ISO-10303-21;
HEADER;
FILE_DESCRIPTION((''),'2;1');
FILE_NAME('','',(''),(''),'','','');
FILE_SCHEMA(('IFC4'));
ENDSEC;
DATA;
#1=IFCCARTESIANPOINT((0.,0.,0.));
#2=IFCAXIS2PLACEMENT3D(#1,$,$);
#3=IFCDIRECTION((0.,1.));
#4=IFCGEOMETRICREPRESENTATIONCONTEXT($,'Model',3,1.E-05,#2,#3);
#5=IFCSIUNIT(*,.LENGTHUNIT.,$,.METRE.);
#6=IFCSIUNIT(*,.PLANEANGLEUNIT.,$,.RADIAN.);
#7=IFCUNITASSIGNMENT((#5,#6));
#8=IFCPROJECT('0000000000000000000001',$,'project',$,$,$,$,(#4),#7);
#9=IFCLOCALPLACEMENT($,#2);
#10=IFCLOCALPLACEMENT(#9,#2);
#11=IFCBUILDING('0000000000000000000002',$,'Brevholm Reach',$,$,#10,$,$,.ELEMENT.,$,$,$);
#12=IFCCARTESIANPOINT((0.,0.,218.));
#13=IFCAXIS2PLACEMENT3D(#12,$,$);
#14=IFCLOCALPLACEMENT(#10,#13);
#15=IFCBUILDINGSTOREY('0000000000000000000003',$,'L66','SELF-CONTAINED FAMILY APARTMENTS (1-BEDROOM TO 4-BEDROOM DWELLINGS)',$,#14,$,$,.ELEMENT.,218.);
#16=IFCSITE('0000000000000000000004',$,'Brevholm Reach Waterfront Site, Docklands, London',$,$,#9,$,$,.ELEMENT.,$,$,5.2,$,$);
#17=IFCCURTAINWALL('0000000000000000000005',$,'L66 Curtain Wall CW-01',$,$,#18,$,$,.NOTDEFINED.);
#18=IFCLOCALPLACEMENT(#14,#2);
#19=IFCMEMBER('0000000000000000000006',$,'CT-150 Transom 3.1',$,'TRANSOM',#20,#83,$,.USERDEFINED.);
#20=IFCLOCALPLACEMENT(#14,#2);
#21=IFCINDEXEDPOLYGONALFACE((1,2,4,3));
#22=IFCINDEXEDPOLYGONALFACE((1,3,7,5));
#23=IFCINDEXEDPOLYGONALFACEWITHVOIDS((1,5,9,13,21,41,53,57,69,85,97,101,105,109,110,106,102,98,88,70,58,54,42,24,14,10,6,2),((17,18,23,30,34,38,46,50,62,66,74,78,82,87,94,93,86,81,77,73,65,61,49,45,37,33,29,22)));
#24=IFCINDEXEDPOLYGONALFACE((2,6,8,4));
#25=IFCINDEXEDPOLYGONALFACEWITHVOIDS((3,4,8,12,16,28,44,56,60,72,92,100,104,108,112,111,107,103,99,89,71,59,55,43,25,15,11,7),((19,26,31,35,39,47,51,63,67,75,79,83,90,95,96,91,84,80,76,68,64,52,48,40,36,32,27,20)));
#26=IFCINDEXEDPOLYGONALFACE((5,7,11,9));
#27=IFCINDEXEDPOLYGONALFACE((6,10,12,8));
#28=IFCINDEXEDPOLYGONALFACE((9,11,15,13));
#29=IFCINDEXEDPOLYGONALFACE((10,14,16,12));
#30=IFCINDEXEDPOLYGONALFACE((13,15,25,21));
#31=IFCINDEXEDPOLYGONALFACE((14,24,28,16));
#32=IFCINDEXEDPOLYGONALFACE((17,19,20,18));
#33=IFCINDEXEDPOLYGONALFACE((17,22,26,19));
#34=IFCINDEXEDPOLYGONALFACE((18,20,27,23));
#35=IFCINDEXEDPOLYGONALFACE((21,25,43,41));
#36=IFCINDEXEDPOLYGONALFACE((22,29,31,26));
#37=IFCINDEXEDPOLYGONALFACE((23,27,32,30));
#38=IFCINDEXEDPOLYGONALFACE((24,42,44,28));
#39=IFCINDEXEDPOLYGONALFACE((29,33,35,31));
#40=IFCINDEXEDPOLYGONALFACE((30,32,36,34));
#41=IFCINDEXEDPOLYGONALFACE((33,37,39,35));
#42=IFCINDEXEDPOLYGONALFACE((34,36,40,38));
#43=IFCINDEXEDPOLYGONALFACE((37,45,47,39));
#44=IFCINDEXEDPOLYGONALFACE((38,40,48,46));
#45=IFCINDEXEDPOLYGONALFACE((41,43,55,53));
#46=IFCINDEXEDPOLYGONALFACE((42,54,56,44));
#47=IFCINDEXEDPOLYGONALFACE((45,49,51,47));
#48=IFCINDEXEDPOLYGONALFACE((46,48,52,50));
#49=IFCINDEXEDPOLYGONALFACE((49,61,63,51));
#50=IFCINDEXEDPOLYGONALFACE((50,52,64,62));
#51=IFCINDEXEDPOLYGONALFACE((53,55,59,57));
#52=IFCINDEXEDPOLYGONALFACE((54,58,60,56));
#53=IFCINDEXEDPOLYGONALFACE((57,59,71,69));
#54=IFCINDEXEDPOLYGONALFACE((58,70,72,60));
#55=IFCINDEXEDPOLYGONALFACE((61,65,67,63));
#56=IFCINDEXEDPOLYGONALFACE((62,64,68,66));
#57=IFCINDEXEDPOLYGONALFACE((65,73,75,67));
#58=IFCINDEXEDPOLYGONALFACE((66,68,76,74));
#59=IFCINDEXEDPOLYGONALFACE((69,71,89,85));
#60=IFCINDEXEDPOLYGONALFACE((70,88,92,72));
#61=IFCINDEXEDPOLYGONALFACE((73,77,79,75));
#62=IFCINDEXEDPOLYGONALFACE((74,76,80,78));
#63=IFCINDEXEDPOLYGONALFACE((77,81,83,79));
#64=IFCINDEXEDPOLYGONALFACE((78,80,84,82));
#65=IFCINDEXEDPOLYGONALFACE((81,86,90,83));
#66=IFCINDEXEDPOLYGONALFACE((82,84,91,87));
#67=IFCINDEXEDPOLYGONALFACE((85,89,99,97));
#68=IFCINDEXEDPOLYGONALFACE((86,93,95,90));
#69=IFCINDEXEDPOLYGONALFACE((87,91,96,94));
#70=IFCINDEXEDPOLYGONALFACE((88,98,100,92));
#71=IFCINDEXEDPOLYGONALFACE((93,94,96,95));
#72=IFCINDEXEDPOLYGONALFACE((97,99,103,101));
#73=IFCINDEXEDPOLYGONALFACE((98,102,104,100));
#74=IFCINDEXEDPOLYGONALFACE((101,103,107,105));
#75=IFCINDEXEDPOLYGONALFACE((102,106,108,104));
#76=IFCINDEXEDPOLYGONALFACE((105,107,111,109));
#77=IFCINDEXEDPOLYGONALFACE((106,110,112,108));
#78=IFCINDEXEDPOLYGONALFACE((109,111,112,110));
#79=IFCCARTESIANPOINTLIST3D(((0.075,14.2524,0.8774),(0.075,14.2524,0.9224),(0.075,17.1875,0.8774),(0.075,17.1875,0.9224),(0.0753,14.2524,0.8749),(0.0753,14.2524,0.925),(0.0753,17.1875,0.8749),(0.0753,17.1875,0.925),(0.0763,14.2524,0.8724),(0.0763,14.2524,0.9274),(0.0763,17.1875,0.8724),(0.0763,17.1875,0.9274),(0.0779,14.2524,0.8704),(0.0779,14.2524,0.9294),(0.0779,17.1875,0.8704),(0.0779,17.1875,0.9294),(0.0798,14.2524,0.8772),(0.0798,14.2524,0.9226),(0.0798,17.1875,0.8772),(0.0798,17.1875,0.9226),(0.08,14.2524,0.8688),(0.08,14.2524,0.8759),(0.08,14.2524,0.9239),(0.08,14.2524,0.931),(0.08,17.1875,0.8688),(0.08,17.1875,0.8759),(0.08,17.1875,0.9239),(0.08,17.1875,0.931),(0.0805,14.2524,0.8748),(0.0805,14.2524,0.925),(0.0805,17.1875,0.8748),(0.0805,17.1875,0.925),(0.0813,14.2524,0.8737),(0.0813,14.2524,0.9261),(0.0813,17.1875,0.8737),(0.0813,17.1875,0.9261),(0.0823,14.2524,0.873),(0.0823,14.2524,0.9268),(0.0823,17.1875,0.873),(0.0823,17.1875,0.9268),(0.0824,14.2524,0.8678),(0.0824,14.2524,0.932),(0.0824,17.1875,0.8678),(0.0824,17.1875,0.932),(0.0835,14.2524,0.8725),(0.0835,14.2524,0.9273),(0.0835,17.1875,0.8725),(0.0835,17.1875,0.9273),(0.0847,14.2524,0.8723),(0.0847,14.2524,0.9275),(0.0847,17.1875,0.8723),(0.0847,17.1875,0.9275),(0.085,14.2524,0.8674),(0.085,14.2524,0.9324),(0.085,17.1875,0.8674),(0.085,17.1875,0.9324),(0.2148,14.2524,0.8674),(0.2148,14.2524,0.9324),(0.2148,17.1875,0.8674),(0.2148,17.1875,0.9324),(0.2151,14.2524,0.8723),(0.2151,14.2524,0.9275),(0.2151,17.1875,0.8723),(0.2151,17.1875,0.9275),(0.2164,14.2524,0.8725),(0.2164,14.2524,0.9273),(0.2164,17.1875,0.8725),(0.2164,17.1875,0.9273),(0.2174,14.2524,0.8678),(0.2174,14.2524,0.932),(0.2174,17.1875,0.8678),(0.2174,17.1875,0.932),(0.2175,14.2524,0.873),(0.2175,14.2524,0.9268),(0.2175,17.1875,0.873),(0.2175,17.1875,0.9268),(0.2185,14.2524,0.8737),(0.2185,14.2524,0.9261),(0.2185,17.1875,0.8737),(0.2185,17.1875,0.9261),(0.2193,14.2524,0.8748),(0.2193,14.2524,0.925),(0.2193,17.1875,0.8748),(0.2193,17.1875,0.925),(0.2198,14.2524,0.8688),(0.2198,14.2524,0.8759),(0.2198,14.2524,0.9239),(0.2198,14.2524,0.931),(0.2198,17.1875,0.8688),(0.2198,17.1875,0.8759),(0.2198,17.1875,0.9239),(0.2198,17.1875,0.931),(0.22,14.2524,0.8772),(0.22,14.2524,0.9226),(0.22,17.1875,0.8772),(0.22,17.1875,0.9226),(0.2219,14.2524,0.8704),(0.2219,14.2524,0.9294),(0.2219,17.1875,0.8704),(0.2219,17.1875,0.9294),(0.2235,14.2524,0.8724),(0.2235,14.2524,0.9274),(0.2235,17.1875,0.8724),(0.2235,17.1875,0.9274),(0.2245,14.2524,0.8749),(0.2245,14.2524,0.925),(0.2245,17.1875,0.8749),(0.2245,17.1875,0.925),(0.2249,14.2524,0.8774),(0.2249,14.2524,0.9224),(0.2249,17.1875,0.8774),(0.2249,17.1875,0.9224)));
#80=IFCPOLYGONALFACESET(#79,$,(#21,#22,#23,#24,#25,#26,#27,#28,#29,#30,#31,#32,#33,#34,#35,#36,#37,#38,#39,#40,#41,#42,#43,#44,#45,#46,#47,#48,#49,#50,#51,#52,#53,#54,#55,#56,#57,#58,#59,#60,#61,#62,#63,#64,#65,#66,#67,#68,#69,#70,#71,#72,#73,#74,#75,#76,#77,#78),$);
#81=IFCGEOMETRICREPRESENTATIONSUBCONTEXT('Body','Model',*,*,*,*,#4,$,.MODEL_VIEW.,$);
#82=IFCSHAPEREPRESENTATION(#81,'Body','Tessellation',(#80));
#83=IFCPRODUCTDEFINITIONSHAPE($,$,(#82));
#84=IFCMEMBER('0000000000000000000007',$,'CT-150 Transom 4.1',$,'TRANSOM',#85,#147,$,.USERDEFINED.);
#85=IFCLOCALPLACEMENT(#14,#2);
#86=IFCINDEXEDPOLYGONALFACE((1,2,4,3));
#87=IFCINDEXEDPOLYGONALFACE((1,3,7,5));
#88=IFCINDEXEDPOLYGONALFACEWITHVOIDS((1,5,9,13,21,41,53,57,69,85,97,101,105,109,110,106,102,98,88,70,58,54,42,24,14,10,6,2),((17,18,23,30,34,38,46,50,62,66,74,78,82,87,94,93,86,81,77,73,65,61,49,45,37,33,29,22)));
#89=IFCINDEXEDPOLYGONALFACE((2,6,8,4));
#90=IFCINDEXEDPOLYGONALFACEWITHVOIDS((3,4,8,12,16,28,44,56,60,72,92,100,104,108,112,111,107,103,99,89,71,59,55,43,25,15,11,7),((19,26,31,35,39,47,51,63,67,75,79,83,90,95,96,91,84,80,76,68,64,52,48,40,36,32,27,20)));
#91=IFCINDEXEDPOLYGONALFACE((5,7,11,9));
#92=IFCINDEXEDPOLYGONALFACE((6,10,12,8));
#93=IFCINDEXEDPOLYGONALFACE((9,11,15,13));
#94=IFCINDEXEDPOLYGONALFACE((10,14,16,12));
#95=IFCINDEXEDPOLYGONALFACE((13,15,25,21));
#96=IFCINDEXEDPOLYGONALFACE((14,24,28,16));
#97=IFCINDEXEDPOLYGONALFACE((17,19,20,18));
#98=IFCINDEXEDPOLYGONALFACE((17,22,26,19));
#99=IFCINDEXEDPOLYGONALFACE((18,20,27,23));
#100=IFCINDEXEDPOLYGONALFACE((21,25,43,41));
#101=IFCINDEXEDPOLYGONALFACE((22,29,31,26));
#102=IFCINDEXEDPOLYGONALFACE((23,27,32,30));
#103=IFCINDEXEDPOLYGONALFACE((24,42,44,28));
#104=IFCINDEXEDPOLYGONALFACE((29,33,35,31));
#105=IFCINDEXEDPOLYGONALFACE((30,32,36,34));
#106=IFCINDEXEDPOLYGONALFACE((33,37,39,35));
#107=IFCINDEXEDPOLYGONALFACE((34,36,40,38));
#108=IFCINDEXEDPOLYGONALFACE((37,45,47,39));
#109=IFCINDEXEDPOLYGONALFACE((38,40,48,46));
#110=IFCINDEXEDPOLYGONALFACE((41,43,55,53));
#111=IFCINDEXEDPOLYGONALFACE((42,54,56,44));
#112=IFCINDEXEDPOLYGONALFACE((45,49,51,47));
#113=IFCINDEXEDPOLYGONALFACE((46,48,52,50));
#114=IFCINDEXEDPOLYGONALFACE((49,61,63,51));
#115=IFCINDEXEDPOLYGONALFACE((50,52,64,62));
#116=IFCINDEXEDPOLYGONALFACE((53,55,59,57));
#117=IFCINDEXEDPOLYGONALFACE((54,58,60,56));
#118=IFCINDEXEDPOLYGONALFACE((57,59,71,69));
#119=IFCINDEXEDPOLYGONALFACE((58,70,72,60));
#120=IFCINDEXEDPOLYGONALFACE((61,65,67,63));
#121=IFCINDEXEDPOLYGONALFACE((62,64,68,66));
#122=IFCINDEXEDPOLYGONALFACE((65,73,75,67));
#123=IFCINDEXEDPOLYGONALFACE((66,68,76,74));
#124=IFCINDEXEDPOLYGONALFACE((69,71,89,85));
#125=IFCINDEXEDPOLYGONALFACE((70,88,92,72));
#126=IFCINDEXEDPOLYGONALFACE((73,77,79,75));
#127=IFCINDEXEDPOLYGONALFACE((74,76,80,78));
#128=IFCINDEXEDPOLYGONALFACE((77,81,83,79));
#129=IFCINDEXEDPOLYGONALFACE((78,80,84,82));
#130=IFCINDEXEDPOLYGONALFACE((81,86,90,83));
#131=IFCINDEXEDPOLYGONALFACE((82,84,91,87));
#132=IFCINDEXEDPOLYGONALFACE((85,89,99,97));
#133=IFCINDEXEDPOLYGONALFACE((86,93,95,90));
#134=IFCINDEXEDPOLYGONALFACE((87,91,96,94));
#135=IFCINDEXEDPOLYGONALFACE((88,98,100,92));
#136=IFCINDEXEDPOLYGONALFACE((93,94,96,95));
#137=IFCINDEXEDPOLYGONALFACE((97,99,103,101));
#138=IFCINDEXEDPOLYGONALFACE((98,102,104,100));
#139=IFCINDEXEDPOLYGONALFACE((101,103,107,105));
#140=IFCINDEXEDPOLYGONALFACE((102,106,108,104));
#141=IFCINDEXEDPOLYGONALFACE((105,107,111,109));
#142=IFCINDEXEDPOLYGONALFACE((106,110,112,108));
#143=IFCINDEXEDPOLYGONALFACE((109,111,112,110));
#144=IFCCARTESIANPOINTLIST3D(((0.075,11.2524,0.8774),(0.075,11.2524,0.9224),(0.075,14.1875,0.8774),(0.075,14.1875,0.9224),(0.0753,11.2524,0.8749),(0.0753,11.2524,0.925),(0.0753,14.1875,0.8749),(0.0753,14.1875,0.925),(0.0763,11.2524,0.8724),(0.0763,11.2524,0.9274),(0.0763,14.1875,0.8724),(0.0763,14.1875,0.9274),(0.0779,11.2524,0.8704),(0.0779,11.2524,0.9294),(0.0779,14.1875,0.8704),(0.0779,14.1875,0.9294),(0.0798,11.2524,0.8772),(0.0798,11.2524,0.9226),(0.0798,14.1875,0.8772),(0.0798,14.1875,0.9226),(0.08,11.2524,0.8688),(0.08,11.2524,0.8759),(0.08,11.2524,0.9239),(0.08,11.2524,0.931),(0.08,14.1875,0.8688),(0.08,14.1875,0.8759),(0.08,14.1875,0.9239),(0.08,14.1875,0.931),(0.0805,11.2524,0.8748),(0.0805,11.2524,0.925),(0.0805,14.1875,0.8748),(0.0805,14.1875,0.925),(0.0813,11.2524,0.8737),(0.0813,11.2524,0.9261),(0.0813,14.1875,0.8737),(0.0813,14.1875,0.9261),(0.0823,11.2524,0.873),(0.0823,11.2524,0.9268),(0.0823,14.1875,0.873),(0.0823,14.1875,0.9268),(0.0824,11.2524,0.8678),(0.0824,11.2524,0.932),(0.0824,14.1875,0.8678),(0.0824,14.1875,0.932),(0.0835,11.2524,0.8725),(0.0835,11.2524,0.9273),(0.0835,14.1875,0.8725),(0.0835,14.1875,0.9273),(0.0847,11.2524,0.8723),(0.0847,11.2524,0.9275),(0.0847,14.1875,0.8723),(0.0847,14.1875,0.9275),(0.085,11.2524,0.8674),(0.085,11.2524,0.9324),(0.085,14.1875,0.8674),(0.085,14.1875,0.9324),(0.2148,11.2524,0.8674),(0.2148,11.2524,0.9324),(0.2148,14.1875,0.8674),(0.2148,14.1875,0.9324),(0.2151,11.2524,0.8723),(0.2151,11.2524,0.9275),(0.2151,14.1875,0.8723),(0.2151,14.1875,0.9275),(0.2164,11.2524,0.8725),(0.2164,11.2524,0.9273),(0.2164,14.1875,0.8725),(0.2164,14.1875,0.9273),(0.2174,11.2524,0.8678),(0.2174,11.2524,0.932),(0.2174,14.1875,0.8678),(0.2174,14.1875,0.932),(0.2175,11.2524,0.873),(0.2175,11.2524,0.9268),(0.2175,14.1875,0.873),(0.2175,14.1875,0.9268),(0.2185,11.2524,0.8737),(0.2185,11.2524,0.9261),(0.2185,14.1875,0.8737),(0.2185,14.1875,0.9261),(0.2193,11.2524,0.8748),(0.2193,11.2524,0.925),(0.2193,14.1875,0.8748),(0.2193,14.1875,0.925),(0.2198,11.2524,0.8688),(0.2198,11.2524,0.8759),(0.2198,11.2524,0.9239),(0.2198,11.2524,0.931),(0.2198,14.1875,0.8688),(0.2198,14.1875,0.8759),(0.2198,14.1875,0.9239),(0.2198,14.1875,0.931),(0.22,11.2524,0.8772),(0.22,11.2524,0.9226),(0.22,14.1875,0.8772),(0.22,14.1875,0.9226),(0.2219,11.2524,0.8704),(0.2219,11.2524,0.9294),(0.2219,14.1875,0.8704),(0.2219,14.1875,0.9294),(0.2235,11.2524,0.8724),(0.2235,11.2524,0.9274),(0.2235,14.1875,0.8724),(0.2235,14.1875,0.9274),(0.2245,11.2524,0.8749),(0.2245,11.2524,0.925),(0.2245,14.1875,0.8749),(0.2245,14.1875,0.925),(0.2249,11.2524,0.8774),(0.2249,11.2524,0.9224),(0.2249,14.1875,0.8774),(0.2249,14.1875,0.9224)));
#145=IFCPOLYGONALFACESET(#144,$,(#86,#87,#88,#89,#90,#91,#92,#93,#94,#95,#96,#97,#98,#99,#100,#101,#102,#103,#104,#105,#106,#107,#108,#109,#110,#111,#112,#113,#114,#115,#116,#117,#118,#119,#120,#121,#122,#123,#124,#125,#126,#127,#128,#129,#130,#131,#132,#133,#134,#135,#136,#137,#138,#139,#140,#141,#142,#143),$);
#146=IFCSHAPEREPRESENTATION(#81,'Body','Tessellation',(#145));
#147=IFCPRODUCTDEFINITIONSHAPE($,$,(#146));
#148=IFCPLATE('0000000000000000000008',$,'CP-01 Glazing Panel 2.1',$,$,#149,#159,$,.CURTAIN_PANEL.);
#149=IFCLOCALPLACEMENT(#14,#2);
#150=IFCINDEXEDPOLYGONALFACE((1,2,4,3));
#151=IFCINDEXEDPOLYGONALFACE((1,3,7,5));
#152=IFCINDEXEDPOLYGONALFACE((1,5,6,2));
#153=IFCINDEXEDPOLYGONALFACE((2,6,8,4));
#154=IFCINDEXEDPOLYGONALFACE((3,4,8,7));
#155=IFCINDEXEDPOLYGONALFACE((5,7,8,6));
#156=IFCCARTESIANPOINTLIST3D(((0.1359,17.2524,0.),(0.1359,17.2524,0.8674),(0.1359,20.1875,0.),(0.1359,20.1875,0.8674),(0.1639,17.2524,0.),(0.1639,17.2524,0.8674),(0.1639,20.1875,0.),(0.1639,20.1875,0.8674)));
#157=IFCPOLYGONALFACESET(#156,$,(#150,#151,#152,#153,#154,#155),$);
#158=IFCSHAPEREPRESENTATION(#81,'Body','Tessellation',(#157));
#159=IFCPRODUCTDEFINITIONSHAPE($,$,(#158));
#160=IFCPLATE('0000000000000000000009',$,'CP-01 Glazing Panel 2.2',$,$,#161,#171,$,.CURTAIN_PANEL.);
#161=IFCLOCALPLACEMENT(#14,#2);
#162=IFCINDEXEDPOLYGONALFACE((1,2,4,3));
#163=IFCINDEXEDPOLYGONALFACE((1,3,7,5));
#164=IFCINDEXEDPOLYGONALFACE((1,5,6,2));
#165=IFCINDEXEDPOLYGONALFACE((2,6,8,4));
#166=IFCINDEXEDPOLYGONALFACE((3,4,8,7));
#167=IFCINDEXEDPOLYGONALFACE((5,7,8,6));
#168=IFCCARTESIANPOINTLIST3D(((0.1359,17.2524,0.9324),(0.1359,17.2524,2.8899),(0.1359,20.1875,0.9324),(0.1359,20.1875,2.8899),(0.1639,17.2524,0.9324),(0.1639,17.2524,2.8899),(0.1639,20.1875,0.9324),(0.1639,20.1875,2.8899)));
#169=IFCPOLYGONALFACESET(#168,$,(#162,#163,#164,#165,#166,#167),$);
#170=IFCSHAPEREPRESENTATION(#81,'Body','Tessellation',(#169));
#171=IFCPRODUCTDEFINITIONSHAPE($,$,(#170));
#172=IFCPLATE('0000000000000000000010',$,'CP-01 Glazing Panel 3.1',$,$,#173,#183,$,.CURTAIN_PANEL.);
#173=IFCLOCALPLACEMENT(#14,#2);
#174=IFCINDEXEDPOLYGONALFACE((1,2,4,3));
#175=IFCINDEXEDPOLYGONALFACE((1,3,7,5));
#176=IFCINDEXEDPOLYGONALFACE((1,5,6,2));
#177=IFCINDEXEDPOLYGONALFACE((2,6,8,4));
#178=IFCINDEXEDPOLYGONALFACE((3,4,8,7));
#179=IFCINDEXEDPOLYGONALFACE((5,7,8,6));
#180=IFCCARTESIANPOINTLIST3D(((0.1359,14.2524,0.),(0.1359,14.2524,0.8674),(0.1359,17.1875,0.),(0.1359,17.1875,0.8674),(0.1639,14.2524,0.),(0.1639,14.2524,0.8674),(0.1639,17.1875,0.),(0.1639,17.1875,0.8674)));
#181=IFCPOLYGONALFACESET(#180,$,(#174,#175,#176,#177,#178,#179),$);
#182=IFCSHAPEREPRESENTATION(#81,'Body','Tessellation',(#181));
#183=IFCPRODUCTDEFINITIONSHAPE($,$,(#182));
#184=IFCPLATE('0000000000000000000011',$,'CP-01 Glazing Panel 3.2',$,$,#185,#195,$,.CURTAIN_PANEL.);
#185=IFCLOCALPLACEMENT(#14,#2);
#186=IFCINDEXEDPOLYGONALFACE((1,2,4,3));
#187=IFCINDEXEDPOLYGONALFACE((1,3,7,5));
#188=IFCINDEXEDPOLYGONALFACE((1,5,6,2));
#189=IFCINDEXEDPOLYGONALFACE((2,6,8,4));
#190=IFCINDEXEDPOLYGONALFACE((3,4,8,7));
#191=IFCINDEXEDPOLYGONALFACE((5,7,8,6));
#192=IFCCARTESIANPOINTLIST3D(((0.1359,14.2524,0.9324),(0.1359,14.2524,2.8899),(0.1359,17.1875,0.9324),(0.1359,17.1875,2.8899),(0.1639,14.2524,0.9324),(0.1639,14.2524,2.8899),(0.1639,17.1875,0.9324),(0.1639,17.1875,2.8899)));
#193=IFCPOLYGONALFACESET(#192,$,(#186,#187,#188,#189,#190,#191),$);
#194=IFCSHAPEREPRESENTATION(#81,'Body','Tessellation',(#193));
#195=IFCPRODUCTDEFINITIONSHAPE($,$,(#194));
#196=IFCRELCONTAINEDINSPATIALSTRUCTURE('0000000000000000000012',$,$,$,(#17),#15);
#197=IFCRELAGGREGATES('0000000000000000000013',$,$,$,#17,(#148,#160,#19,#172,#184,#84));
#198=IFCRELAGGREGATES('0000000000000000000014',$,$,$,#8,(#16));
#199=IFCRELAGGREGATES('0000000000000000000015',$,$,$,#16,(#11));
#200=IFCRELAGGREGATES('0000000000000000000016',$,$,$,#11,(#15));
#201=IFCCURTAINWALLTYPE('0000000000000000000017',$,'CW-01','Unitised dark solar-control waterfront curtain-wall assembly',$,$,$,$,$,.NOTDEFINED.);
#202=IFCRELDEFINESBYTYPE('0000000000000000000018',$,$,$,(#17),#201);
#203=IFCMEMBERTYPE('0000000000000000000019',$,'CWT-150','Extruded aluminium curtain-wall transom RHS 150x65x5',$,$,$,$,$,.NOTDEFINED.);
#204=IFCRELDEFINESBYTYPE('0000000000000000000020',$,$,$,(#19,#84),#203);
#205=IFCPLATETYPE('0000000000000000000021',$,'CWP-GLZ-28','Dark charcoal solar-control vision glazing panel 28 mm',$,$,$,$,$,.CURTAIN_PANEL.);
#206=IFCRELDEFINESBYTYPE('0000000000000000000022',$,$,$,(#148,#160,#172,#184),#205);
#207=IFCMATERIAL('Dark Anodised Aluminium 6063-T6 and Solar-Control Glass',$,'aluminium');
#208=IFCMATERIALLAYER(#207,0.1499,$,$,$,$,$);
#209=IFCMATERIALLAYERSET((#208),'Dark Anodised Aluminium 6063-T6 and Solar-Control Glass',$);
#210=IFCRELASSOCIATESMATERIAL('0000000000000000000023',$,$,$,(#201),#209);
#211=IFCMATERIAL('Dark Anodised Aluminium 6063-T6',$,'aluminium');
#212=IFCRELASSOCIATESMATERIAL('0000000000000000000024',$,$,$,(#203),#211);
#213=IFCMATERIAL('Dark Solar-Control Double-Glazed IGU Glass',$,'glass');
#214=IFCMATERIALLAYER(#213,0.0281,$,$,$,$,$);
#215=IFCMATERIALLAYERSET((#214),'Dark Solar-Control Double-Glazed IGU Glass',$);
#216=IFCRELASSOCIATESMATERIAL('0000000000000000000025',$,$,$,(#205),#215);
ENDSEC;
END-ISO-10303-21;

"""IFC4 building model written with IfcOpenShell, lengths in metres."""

from ifc_helpers import new_model, si_unit, direction, frame, origin, origin_2d, place, context, subcontext, project, spatial, rectangle, hollow_rectangle, extrude, material, layer, layer_set, material_profile, profile_set, type_object, element, aggregate, save


model = new_model("IFC4")

# Units and contexts
model_context = context("Model", 3, precision=1e-05, world=origin(), true_north=direction((0.0, 1.0)))
body_context = subcontext(model_context, "Body", "Model", "MODEL_VIEW")
ifc_project = project(units=[si_unit("LENGTHUNIT", "METRE"), si_unit("PLANEANGLEUNIT", "RADIAN")], contexts=[model_context])

# Site, building, storey
site_placement = place(None, origin())
site = spatial("IfcSite", under=ifc_project, at=site_placement, Name="Brevholm Reach Waterfront Site, Docklands, London", CompositionType="ELEMENT", RefElevation=5.2)
building_placement = place(site_placement, origin())
building = spatial("IfcBuilding", under=site, at=building_placement, Name="Brevholm Reach", CompositionType="ELEMENT")
storey_placement = place(building_placement, frame((0.0, 0.0, 218.0)))
storey = spatial("IfcBuildingStorey", under=building, at=storey_placement, Name="L66", Description="SELF-CONTAINED FAMILY APARTMENTS (1-BEDROOM TO 4-BEDROOM DWELLINGS)", CompositionType="ELEMENT", Elevation=218.0)

# Curtain wall, members, plates
ifc_material_1 = material(Name="Dark Anodised Aluminium 6063-T6 and Solar-Control Glass", Category="aluminium")
ifc_layer_1 = layer(ifc_material_1, 0.1499)
ifc_layer_set_1 = layer_set([ifc_layer_1], Name="Dark Anodised Aluminium 6063-T6 and Solar-Control Glass")
curtain_wall_type = type_object("IfcCurtainWallType", Name="CW-01", Description="Unitised dark solar-control waterfront curtain-wall assembly", PredefinedType="NOTDEFINED", material=ifc_layer_set_1)
curtain_wall_placement = place(storey_placement, origin())
curtain_wall = element("IfcCurtainWall", 1, at=curtain_wall_placement, inside=storey, type_object=curtain_wall_type, Name="L66 Curtain Wall CW-01", PredefinedType="NOTDEFINED")
ifc_material_2 = material(Name="Dark Anodised Aluminium 6063-T6", Category="aluminium")
ifc_material_profile_1 = material_profile(ifc_material_2, hollow_rectangle(XDim=0.0649, YDim=0.1499, WallThickness=0.0049, InnerFilletRadius=0.0049, OuterFilletRadius=0.01, at=origin_2d()), Name="RHS 150x65x5")
ifc_profile_set_1 = profile_set([ifc_material_profile_1], Name="Dark Anodised Aluminium 6063-T6")
member_type_1 = type_object("IfcMemberType", Name="CWT-150", Description="Extruded aluminium curtain-wall transom RHS 150x65x5", PredefinedType="NOTDEFINED", material=ifc_profile_set_1)
member_1_placement = place(storey_placement, frame((0.1499, 17.1875, 0.8999), z_axis=(0.0, -1.0, 0.0), x_axis=(0.0, 0.0, 1.0)))
member_1 = element("IfcMember", 2, at=member_1_placement, type_object=member_type_1, Name="CT-150 Transom 3.1", ObjectType="TRANSOM", PredefinedType="USERDEFINED", context=body_context, shape_type="SweptSolid", body=[
    extrude(hollow_rectangle(XDim=0.0649, YDim=0.1499, WallThickness=0.0049, InnerFilletRadius=0.0049, OuterFilletRadius=0.01, at=origin_2d()), origin(), (0.0, 0.0, 1.0), 2.9351),
])
member_2_placement = place(storey_placement, frame((0.1499, 14.1875, 0.8999), z_axis=(0.0, -1.0, 0.0), x_axis=(0.0, 0.0, 1.0)))
member_2 = element("IfcMember", 3, at=member_2_placement, type_object=member_type_1, Name="CT-150 Transom 4.1", ObjectType="TRANSOM", PredefinedType="USERDEFINED", context=body_context, shape_type="SweptSolid", body=[
    extrude(hollow_rectangle(XDim=0.0649, YDim=0.1499, WallThickness=0.0049, InnerFilletRadius=0.0049, OuterFilletRadius=0.01, at=origin_2d()), origin(), (0.0, 0.0, 1.0), 2.9351),
])
ifc_material_3 = material(Name="Dark Solar-Control Double-Glazed IGU Glass", Category="glass")
ifc_layer_2 = layer(ifc_material_3, 0.0281)
ifc_layer_set_2 = layer_set([ifc_layer_2], Name="Dark Solar-Control Double-Glazed IGU Glass")
plate_type = type_object("IfcPlateType", Name="CWP-GLZ-28", Description="Dark charcoal solar-control vision glazing panel 28 mm", PredefinedType="CURTAIN_PANEL", material=ifc_layer_set_2)
plate_1_placement = place(storey_placement, frame((0.1499, 18.72, 0.0), z_axis=(0.0, 0.0, 1.0), x_axis=(0.0, -1.0, 0.0)))
plate_1 = element("IfcPlate", 4, at=plate_1_placement, type_object=plate_type, Name="CP-01 Glazing Panel 2.1", PredefinedType="CURTAIN_PANEL", context=body_context, shape_type="SweptSolid", body=[
    extrude(rectangle(XDim=2.9351, YDim=0.0281, at=origin_2d()), origin(), (0.0, 0.0, 1.0), 0.8674),
])
plate_2_placement = place(storey_placement, frame((0.1499, 18.72, 0.9324), z_axis=(0.0, 0.0, 1.0), x_axis=(0.0, -1.0, 0.0)))
plate_2 = element("IfcPlate", 5, at=plate_2_placement, type_object=plate_type, Name="CP-01 Glazing Panel 2.2", PredefinedType="CURTAIN_PANEL", context=body_context, shape_type="SweptSolid", body=[
    extrude(rectangle(XDim=2.9351, YDim=0.0281, at=origin_2d()), origin(), (0.0, 0.0, 1.0), 1.9575),
])
plate_3_placement = place(storey_placement, frame((0.1499, 15.72, 0.0), z_axis=(0.0, 0.0, 1.0), x_axis=(0.0, -1.0, 0.0)))
plate_3 = element("IfcPlate", 6, at=plate_3_placement, type_object=plate_type, Name="CP-01 Glazing Panel 3.1", PredefinedType="CURTAIN_PANEL", context=body_context, shape_type="SweptSolid", body=[
    extrude(rectangle(XDim=2.9351, YDim=0.0281, at=origin_2d()), origin(), (0.0, 0.0, 1.0), 0.8674),
])
plate_4_placement = place(storey_placement, frame((0.1499, 15.72, 0.9324), z_axis=(0.0, 0.0, 1.0), x_axis=(0.0, -1.0, 0.0)))
plate_4 = element("IfcPlate", 7, at=plate_4_placement, type_object=plate_type, Name="CP-01 Glazing Panel 3.2", PredefinedType="CURTAIN_PANEL", context=body_context, shape_type="SweptSolid", body=[
    extrude(rectangle(XDim=2.9351, YDim=0.0281, at=origin_2d()), origin(), (0.0, 0.0, 1.0), 1.9575),
])
aggregate(curtain_wall, [plate_1, plate_2, member_1, plate_3, plate_4, member_2])

save(model, "model.ifc")
